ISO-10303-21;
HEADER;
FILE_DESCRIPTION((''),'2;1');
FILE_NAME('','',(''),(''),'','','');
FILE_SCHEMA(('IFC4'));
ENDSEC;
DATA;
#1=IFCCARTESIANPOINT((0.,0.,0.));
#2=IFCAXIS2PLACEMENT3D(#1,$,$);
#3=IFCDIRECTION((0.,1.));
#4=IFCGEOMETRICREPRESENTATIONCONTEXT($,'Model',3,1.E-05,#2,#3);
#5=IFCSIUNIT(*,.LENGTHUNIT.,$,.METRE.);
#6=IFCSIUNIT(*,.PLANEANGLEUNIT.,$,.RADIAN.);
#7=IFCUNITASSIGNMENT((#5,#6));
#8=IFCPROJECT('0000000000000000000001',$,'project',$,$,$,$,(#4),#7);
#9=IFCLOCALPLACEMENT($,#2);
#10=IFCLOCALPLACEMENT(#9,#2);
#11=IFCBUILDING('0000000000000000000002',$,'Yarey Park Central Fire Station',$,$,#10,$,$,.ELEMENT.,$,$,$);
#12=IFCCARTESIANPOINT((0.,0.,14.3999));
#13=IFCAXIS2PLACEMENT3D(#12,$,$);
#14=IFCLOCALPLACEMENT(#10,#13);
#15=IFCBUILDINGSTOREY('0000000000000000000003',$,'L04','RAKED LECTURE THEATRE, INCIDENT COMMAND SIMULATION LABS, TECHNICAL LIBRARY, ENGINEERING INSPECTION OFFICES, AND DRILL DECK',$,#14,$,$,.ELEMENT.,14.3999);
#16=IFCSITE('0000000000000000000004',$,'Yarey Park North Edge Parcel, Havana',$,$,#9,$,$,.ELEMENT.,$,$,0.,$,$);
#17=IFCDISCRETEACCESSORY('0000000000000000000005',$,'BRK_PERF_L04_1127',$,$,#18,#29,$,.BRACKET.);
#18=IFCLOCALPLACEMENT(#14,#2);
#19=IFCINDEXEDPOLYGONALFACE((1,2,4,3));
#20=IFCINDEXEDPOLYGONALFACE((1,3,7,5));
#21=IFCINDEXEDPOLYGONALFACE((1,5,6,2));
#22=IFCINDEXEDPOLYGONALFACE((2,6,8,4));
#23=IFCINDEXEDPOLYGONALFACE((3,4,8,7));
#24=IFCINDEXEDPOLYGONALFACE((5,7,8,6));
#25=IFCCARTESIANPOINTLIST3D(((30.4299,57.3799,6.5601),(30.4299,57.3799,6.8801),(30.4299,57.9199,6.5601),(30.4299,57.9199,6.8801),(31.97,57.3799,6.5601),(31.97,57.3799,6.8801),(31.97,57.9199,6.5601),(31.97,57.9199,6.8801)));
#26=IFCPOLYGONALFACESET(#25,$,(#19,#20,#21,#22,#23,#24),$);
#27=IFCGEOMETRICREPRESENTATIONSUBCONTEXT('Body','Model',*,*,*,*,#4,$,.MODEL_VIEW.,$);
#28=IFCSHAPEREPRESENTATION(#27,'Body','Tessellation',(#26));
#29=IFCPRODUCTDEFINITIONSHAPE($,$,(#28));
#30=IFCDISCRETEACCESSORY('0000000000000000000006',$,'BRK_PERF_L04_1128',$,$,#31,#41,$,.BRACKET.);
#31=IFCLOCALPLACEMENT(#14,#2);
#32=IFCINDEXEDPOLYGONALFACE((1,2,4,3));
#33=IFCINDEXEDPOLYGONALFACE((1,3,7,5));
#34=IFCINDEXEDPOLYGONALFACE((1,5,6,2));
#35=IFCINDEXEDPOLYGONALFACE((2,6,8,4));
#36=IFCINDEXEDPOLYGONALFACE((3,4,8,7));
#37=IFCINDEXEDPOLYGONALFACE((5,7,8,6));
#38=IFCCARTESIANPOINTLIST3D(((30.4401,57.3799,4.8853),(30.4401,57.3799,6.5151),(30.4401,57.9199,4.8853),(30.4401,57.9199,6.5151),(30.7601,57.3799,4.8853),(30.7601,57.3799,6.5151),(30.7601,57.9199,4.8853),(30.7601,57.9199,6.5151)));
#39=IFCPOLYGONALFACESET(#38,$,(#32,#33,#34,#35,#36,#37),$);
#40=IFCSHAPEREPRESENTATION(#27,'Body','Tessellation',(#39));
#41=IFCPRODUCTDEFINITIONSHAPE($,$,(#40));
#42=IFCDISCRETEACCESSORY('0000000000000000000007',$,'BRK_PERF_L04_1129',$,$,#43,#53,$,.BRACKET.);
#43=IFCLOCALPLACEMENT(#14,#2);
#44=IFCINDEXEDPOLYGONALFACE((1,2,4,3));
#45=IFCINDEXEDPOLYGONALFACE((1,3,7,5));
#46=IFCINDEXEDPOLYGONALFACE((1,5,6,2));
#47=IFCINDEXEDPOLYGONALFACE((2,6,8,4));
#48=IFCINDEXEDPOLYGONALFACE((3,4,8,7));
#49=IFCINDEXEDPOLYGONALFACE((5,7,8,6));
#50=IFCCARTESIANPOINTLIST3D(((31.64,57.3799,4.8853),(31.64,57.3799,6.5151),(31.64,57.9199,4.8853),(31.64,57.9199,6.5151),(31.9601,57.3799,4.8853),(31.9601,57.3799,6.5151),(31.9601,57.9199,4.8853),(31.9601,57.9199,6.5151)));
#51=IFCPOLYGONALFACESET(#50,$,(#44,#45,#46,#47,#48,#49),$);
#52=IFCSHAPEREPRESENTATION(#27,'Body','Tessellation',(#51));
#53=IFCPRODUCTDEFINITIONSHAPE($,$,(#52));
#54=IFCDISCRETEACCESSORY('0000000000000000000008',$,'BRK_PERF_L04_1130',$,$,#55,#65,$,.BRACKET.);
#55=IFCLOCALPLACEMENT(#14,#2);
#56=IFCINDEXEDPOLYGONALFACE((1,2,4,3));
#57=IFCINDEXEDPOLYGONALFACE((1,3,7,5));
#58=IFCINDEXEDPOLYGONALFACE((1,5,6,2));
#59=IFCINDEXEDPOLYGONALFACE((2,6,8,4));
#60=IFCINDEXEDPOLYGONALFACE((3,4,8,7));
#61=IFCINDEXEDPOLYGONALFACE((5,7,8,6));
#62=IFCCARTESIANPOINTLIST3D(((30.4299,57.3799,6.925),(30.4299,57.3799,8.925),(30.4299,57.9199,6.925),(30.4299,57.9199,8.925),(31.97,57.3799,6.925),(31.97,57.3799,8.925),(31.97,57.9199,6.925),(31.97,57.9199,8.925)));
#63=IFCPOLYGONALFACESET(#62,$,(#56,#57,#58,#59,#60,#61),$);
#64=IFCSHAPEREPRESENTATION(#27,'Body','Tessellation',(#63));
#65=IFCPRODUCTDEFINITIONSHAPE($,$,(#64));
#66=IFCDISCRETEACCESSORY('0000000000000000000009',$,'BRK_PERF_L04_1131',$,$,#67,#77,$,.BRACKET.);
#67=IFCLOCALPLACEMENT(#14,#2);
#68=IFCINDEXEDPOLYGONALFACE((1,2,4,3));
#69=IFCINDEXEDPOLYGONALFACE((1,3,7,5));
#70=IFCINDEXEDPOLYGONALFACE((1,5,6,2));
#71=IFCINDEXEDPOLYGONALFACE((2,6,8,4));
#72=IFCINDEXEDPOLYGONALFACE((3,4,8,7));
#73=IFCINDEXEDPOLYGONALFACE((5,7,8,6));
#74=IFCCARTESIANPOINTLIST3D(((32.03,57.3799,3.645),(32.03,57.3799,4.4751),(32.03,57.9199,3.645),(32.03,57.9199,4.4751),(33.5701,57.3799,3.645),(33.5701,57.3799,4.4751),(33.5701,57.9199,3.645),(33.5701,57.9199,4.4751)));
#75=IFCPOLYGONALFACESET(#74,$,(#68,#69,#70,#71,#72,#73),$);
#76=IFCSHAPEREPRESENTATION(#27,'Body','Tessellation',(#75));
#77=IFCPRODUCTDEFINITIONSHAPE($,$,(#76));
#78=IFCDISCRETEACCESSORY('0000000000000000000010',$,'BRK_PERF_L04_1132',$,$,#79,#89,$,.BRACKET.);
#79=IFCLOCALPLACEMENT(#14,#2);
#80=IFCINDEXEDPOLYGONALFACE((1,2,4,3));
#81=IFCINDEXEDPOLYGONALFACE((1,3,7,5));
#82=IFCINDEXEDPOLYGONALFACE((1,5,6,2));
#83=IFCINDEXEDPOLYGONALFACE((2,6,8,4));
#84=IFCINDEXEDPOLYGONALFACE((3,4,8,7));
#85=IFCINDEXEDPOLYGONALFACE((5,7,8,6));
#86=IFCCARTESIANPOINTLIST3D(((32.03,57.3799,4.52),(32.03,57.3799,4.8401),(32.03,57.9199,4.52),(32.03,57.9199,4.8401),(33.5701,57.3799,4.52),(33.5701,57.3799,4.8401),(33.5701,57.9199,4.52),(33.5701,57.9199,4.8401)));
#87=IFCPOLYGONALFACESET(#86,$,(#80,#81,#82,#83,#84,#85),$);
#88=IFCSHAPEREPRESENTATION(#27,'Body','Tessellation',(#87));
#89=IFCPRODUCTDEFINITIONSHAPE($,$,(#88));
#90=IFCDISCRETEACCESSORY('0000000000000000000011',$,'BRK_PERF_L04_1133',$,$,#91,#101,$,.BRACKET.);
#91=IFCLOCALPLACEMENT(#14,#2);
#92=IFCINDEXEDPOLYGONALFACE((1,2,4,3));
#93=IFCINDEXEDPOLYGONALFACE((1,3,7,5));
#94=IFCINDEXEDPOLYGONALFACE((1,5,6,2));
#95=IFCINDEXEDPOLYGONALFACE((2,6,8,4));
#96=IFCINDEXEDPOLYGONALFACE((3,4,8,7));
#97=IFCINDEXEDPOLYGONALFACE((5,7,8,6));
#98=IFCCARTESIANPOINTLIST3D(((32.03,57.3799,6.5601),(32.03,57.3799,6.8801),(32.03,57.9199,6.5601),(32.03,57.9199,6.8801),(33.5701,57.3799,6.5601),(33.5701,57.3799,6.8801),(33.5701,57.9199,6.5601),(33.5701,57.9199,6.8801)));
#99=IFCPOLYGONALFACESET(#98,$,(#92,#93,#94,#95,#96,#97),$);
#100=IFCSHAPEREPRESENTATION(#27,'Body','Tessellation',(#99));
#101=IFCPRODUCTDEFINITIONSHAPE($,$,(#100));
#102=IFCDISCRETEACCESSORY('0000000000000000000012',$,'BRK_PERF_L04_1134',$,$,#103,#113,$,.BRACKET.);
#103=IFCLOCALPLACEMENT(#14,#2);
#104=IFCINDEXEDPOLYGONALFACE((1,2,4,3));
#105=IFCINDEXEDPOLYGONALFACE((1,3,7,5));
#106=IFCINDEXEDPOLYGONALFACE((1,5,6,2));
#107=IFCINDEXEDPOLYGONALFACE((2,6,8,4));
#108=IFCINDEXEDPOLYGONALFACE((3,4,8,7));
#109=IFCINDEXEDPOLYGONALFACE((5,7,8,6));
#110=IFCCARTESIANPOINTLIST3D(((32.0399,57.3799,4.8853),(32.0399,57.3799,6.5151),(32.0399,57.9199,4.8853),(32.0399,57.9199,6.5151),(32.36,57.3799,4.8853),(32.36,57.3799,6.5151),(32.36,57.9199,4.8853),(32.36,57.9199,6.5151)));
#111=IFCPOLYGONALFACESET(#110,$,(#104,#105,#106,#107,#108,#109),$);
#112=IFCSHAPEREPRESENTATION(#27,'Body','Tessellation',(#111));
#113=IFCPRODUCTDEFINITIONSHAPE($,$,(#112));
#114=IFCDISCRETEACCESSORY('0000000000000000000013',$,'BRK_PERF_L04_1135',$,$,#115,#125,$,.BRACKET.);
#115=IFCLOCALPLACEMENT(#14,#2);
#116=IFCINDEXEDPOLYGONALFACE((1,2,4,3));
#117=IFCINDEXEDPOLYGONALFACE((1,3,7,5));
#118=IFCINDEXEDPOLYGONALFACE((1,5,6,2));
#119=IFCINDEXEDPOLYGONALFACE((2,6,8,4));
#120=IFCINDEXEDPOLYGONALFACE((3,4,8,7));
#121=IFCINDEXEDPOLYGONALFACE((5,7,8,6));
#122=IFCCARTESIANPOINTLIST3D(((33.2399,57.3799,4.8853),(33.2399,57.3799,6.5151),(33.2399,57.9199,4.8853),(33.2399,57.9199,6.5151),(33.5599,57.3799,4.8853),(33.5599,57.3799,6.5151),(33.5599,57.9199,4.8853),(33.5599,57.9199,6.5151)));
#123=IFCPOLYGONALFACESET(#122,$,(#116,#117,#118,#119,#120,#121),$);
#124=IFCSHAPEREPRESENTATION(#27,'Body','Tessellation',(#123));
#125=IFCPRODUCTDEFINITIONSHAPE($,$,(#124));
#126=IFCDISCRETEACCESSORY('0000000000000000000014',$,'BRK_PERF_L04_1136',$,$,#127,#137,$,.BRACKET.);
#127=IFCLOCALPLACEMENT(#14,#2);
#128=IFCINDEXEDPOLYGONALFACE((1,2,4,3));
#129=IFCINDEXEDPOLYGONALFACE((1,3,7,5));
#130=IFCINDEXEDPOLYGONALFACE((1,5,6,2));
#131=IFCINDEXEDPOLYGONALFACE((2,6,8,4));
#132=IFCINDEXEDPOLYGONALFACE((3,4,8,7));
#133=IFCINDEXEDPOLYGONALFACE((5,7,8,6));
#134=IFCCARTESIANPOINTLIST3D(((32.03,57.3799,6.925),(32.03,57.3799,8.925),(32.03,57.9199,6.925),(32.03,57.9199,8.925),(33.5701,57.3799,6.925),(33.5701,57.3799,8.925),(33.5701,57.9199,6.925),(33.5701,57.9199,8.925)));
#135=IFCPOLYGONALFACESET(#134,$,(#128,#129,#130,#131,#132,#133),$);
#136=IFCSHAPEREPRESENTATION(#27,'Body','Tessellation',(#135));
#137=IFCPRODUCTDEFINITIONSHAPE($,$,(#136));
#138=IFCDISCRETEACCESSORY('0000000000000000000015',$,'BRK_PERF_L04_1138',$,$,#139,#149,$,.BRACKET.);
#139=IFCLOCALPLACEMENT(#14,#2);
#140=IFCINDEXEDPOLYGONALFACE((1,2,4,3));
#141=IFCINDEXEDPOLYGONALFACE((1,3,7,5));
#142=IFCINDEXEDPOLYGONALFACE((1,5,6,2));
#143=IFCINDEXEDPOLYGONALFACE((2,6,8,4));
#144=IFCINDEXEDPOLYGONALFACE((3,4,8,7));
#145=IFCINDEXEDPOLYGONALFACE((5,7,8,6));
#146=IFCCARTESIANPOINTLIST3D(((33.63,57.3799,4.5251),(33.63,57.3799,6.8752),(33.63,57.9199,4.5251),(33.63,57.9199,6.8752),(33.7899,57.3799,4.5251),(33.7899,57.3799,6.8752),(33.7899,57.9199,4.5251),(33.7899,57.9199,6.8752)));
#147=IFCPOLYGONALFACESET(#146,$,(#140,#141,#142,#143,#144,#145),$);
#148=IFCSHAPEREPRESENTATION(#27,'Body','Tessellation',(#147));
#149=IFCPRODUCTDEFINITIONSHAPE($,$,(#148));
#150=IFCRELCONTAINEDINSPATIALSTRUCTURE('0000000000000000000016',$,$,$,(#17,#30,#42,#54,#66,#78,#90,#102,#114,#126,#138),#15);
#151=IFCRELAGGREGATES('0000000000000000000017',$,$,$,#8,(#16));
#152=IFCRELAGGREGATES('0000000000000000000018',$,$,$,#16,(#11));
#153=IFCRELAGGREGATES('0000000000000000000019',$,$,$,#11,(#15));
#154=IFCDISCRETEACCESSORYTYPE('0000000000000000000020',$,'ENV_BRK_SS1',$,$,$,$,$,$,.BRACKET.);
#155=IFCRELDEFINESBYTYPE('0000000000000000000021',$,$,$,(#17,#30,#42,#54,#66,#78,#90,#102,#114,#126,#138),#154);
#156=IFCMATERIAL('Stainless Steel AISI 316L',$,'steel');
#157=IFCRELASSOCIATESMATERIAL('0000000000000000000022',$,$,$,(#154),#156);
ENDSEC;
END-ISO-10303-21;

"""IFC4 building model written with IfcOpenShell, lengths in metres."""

from ifc_helpers import new_model, si_unit, direction, frame, origin, origin_2d, place, context, subcontext, project, spatial, rectangle, extrude, material, type_object, element, save


model = new_model("IFC4")

# Units and contexts
model_context = context("Model", 3, precision=1e-05, world=origin(), true_north=direction((0.0, 1.0)))
body_context = subcontext(model_context, "Body", "Model", "MODEL_VIEW")
ifc_project = project(units=[si_unit("LENGTHUNIT", "METRE"), si_unit("PLANEANGLEUNIT", "RADIAN")], contexts=[model_context])

# Site, building, storey
site_placement = place(None, origin())
site = spatial("IfcSite", under=ifc_project, at=site_placement, Name="Yarey Park North Edge Parcel, Havana", CompositionType="ELEMENT", RefElevation=0.0)
building_placement = place(site_placement, origin())
building = spatial("IfcBuilding", under=site, at=building_placement, Name="Yarey Park Central Fire Station", CompositionType="ELEMENT")
storey_placement = place(building_placement, frame((0.0, 0.0, 14.3999)))
storey = spatial("IfcBuildingStorey", under=building, at=storey_placement, Name="L04", Description="RAKED LECTURE THEATRE, INCIDENT COMMAND SIMULATION LABS, TECHNICAL LIBRARY, ENGINEERING INSPECTION OFFICES, AND DRILL DECK", CompositionType="ELEMENT", Elevation=14.3999)

# Discrete accessories
ifc_material_1 = material(Name="Stainless Steel AISI 316L", Category="steel")
discrete_accessory_type = type_object("IfcDiscreteAccessoryType", Name="ENV_BRK_SS1", PredefinedType="BRACKET", material=ifc_material_1)
for number, where, z_axis, x_axis, name in (
    (1, (31.2, 57.6499, 6.5601), (0.0, 0.0, 1.0), (1.0, 0.0, 0.0), "BRK_PERF_L04_1127"),
):
    element("IfcDiscreteAccessory", number, at=place(storey_placement, frame(where, z_axis=z_axis, x_axis=x_axis)), inside=storey, type_object=discrete_accessory_type, Name=name, PredefinedType="BRACKET", context=body_context, shape_type="SweptSolid", body=[
        extrude(rectangle(XDim=1.54, YDim=0.54, at=origin_2d()), origin(), (0.0, 0.0, 1.0), 0.3201),
    ])
for number, where, z_axis, x_axis, name in (
    (2, (30.6001, 57.6499, 4.8853), (0.0, 0.0, 1.0), (1.0, 0.0, 0.0), "BRK_PERF_L04_1128"),
    (3, (31.8, 57.6499, 4.8853), (0.0, 0.0, 1.0), (1.0, 0.0, 0.0), "BRK_PERF_L04_1129"),
):
    element("IfcDiscreteAccessory", number, at=place(storey_placement, frame(where, z_axis=z_axis, x_axis=x_axis)), inside=storey, type_object=discrete_accessory_type, Name=name, PredefinedType="BRACKET", context=body_context, shape_type="SweptSolid", body=[
        extrude(rectangle(XDim=0.3201, YDim=0.54, at=origin_2d()), origin(), (0.0, 0.0, 1.0), 1.6299),
    ])
discrete_accessory_1_placement = place(storey_placement, frame((31.2, 57.6499, 6.925), z_axis=(0.0, 0.0, 1.0), x_axis=(1.0, 0.0, 0.0)))
element("IfcDiscreteAccessory", 4, at=discrete_accessory_1_placement, inside=storey, type_object=discrete_accessory_type, Name="BRK_PERF_L04_1130", PredefinedType="BRACKET", context=body_context, shape_type="SweptSolid", body=[
    extrude(rectangle(XDim=1.54, YDim=0.54, at=origin_2d()), origin(), (0.0, 0.0, 1.0), 2.0),
])
discrete_accessory_2_placement = place(storey_placement, frame((32.8, 57.6499, 3.645), z_axis=(0.0, 0.0, 1.0), x_axis=(1.0, 0.0, 0.0)))
element("IfcDiscreteAccessory", 5, at=discrete_accessory_2_placement, inside=storey, type_object=discrete_accessory_type, Name="BRK_PERF_L04_1131", PredefinedType="BRACKET", context=body_context, shape_type="SweptSolid", body=[
    extrude(rectangle(XDim=1.54, YDim=0.54, at=origin_2d()), origin(), (0.0, 0.0, 1.0), 0.8301),
])
for number, where, z_axis, x_axis, name in (
    (6, (32.8, 57.6499, 4.52), (0.0, 0.0, 1.0), (1.0, 0.0, 0.0), "BRK_PERF_L04_1132"),
    (7, (32.8, 57.6499, 6.5601), (0.0, 0.0, 1.0), (1.0, 0.0, 0.0), "BRK_PERF_L04_1133"),
):
    element("IfcDiscreteAccessory", number, at=place(storey_placement, frame(where, z_axis=z_axis, x_axis=x_axis)), inside=storey, type_object=discrete_accessory_type, Name=name, PredefinedType="BRACKET", context=body_context, shape_type="SweptSolid", body=[
        extrude(rectangle(XDim=1.54, YDim=0.54, at=origin_2d()), origin(), (0.0, 0.0, 1.0), 0.3201),
    ])
for number, where, z_axis, x_axis, name in (
    (8, (32.2, 57.6499, 4.8853), (0.0, 0.0, 1.0), (1.0, 0.0, 0.0), "BRK_PERF_L04_1134"),
    (9, (33.3999, 57.6499, 4.8853), (0.0, 0.0, 1.0), (1.0, 0.0, 0.0), "BRK_PERF_L04_1135"),
):
    element("IfcDiscreteAccessory", number, at=place(storey_placement, frame(where, z_axis=z_axis, x_axis=x_axis)), inside=storey, type_object=discrete_accessory_type, Name=name, PredefinedType="BRACKET", context=body_context, shape_type="SweptSolid", body=[
        extrude(rectangle(XDim=0.3201, YDim=0.54, at=origin_2d()), origin(), (0.0, 0.0, 1.0), 1.6299),
    ])
discrete_accessory_3_placement = place(storey_placement, frame((32.8, 57.6499, 6.925), z_axis=(0.0, 0.0, 1.0), x_axis=(1.0, 0.0, 0.0)))
element("IfcDiscreteAccessory", 10, at=discrete_accessory_3_placement, inside=storey, type_object=discrete_accessory_type, Name="BRK_PERF_L04_1136", PredefinedType="BRACKET", context=body_context, shape_type="SweptSolid", body=[
    extrude(rectangle(XDim=1.54, YDim=0.54, at=origin_2d()), origin(), (0.0, 0.0, 1.0), 2.0),
])
discrete_accessory_4_placement = place(storey_placement, frame((33.71, 57.6499, 4.5251), z_axis=(0.0, 0.0, 1.0), x_axis=(1.0, 0.0, 0.0)))
element("IfcDiscreteAccessory", 11, at=discrete_accessory_4_placement, inside=storey, type_object=discrete_accessory_type, Name="BRK_PERF_L04_1138", PredefinedType="BRACKET", context=body_context, shape_type="SweptSolid", body=[
    extrude(rectangle(XDim=0.1599, YDim=0.54, at=origin_2d()), origin(), (0.0, 0.0, 1.0), 2.3501),
])

save(model, "model.ifc")
